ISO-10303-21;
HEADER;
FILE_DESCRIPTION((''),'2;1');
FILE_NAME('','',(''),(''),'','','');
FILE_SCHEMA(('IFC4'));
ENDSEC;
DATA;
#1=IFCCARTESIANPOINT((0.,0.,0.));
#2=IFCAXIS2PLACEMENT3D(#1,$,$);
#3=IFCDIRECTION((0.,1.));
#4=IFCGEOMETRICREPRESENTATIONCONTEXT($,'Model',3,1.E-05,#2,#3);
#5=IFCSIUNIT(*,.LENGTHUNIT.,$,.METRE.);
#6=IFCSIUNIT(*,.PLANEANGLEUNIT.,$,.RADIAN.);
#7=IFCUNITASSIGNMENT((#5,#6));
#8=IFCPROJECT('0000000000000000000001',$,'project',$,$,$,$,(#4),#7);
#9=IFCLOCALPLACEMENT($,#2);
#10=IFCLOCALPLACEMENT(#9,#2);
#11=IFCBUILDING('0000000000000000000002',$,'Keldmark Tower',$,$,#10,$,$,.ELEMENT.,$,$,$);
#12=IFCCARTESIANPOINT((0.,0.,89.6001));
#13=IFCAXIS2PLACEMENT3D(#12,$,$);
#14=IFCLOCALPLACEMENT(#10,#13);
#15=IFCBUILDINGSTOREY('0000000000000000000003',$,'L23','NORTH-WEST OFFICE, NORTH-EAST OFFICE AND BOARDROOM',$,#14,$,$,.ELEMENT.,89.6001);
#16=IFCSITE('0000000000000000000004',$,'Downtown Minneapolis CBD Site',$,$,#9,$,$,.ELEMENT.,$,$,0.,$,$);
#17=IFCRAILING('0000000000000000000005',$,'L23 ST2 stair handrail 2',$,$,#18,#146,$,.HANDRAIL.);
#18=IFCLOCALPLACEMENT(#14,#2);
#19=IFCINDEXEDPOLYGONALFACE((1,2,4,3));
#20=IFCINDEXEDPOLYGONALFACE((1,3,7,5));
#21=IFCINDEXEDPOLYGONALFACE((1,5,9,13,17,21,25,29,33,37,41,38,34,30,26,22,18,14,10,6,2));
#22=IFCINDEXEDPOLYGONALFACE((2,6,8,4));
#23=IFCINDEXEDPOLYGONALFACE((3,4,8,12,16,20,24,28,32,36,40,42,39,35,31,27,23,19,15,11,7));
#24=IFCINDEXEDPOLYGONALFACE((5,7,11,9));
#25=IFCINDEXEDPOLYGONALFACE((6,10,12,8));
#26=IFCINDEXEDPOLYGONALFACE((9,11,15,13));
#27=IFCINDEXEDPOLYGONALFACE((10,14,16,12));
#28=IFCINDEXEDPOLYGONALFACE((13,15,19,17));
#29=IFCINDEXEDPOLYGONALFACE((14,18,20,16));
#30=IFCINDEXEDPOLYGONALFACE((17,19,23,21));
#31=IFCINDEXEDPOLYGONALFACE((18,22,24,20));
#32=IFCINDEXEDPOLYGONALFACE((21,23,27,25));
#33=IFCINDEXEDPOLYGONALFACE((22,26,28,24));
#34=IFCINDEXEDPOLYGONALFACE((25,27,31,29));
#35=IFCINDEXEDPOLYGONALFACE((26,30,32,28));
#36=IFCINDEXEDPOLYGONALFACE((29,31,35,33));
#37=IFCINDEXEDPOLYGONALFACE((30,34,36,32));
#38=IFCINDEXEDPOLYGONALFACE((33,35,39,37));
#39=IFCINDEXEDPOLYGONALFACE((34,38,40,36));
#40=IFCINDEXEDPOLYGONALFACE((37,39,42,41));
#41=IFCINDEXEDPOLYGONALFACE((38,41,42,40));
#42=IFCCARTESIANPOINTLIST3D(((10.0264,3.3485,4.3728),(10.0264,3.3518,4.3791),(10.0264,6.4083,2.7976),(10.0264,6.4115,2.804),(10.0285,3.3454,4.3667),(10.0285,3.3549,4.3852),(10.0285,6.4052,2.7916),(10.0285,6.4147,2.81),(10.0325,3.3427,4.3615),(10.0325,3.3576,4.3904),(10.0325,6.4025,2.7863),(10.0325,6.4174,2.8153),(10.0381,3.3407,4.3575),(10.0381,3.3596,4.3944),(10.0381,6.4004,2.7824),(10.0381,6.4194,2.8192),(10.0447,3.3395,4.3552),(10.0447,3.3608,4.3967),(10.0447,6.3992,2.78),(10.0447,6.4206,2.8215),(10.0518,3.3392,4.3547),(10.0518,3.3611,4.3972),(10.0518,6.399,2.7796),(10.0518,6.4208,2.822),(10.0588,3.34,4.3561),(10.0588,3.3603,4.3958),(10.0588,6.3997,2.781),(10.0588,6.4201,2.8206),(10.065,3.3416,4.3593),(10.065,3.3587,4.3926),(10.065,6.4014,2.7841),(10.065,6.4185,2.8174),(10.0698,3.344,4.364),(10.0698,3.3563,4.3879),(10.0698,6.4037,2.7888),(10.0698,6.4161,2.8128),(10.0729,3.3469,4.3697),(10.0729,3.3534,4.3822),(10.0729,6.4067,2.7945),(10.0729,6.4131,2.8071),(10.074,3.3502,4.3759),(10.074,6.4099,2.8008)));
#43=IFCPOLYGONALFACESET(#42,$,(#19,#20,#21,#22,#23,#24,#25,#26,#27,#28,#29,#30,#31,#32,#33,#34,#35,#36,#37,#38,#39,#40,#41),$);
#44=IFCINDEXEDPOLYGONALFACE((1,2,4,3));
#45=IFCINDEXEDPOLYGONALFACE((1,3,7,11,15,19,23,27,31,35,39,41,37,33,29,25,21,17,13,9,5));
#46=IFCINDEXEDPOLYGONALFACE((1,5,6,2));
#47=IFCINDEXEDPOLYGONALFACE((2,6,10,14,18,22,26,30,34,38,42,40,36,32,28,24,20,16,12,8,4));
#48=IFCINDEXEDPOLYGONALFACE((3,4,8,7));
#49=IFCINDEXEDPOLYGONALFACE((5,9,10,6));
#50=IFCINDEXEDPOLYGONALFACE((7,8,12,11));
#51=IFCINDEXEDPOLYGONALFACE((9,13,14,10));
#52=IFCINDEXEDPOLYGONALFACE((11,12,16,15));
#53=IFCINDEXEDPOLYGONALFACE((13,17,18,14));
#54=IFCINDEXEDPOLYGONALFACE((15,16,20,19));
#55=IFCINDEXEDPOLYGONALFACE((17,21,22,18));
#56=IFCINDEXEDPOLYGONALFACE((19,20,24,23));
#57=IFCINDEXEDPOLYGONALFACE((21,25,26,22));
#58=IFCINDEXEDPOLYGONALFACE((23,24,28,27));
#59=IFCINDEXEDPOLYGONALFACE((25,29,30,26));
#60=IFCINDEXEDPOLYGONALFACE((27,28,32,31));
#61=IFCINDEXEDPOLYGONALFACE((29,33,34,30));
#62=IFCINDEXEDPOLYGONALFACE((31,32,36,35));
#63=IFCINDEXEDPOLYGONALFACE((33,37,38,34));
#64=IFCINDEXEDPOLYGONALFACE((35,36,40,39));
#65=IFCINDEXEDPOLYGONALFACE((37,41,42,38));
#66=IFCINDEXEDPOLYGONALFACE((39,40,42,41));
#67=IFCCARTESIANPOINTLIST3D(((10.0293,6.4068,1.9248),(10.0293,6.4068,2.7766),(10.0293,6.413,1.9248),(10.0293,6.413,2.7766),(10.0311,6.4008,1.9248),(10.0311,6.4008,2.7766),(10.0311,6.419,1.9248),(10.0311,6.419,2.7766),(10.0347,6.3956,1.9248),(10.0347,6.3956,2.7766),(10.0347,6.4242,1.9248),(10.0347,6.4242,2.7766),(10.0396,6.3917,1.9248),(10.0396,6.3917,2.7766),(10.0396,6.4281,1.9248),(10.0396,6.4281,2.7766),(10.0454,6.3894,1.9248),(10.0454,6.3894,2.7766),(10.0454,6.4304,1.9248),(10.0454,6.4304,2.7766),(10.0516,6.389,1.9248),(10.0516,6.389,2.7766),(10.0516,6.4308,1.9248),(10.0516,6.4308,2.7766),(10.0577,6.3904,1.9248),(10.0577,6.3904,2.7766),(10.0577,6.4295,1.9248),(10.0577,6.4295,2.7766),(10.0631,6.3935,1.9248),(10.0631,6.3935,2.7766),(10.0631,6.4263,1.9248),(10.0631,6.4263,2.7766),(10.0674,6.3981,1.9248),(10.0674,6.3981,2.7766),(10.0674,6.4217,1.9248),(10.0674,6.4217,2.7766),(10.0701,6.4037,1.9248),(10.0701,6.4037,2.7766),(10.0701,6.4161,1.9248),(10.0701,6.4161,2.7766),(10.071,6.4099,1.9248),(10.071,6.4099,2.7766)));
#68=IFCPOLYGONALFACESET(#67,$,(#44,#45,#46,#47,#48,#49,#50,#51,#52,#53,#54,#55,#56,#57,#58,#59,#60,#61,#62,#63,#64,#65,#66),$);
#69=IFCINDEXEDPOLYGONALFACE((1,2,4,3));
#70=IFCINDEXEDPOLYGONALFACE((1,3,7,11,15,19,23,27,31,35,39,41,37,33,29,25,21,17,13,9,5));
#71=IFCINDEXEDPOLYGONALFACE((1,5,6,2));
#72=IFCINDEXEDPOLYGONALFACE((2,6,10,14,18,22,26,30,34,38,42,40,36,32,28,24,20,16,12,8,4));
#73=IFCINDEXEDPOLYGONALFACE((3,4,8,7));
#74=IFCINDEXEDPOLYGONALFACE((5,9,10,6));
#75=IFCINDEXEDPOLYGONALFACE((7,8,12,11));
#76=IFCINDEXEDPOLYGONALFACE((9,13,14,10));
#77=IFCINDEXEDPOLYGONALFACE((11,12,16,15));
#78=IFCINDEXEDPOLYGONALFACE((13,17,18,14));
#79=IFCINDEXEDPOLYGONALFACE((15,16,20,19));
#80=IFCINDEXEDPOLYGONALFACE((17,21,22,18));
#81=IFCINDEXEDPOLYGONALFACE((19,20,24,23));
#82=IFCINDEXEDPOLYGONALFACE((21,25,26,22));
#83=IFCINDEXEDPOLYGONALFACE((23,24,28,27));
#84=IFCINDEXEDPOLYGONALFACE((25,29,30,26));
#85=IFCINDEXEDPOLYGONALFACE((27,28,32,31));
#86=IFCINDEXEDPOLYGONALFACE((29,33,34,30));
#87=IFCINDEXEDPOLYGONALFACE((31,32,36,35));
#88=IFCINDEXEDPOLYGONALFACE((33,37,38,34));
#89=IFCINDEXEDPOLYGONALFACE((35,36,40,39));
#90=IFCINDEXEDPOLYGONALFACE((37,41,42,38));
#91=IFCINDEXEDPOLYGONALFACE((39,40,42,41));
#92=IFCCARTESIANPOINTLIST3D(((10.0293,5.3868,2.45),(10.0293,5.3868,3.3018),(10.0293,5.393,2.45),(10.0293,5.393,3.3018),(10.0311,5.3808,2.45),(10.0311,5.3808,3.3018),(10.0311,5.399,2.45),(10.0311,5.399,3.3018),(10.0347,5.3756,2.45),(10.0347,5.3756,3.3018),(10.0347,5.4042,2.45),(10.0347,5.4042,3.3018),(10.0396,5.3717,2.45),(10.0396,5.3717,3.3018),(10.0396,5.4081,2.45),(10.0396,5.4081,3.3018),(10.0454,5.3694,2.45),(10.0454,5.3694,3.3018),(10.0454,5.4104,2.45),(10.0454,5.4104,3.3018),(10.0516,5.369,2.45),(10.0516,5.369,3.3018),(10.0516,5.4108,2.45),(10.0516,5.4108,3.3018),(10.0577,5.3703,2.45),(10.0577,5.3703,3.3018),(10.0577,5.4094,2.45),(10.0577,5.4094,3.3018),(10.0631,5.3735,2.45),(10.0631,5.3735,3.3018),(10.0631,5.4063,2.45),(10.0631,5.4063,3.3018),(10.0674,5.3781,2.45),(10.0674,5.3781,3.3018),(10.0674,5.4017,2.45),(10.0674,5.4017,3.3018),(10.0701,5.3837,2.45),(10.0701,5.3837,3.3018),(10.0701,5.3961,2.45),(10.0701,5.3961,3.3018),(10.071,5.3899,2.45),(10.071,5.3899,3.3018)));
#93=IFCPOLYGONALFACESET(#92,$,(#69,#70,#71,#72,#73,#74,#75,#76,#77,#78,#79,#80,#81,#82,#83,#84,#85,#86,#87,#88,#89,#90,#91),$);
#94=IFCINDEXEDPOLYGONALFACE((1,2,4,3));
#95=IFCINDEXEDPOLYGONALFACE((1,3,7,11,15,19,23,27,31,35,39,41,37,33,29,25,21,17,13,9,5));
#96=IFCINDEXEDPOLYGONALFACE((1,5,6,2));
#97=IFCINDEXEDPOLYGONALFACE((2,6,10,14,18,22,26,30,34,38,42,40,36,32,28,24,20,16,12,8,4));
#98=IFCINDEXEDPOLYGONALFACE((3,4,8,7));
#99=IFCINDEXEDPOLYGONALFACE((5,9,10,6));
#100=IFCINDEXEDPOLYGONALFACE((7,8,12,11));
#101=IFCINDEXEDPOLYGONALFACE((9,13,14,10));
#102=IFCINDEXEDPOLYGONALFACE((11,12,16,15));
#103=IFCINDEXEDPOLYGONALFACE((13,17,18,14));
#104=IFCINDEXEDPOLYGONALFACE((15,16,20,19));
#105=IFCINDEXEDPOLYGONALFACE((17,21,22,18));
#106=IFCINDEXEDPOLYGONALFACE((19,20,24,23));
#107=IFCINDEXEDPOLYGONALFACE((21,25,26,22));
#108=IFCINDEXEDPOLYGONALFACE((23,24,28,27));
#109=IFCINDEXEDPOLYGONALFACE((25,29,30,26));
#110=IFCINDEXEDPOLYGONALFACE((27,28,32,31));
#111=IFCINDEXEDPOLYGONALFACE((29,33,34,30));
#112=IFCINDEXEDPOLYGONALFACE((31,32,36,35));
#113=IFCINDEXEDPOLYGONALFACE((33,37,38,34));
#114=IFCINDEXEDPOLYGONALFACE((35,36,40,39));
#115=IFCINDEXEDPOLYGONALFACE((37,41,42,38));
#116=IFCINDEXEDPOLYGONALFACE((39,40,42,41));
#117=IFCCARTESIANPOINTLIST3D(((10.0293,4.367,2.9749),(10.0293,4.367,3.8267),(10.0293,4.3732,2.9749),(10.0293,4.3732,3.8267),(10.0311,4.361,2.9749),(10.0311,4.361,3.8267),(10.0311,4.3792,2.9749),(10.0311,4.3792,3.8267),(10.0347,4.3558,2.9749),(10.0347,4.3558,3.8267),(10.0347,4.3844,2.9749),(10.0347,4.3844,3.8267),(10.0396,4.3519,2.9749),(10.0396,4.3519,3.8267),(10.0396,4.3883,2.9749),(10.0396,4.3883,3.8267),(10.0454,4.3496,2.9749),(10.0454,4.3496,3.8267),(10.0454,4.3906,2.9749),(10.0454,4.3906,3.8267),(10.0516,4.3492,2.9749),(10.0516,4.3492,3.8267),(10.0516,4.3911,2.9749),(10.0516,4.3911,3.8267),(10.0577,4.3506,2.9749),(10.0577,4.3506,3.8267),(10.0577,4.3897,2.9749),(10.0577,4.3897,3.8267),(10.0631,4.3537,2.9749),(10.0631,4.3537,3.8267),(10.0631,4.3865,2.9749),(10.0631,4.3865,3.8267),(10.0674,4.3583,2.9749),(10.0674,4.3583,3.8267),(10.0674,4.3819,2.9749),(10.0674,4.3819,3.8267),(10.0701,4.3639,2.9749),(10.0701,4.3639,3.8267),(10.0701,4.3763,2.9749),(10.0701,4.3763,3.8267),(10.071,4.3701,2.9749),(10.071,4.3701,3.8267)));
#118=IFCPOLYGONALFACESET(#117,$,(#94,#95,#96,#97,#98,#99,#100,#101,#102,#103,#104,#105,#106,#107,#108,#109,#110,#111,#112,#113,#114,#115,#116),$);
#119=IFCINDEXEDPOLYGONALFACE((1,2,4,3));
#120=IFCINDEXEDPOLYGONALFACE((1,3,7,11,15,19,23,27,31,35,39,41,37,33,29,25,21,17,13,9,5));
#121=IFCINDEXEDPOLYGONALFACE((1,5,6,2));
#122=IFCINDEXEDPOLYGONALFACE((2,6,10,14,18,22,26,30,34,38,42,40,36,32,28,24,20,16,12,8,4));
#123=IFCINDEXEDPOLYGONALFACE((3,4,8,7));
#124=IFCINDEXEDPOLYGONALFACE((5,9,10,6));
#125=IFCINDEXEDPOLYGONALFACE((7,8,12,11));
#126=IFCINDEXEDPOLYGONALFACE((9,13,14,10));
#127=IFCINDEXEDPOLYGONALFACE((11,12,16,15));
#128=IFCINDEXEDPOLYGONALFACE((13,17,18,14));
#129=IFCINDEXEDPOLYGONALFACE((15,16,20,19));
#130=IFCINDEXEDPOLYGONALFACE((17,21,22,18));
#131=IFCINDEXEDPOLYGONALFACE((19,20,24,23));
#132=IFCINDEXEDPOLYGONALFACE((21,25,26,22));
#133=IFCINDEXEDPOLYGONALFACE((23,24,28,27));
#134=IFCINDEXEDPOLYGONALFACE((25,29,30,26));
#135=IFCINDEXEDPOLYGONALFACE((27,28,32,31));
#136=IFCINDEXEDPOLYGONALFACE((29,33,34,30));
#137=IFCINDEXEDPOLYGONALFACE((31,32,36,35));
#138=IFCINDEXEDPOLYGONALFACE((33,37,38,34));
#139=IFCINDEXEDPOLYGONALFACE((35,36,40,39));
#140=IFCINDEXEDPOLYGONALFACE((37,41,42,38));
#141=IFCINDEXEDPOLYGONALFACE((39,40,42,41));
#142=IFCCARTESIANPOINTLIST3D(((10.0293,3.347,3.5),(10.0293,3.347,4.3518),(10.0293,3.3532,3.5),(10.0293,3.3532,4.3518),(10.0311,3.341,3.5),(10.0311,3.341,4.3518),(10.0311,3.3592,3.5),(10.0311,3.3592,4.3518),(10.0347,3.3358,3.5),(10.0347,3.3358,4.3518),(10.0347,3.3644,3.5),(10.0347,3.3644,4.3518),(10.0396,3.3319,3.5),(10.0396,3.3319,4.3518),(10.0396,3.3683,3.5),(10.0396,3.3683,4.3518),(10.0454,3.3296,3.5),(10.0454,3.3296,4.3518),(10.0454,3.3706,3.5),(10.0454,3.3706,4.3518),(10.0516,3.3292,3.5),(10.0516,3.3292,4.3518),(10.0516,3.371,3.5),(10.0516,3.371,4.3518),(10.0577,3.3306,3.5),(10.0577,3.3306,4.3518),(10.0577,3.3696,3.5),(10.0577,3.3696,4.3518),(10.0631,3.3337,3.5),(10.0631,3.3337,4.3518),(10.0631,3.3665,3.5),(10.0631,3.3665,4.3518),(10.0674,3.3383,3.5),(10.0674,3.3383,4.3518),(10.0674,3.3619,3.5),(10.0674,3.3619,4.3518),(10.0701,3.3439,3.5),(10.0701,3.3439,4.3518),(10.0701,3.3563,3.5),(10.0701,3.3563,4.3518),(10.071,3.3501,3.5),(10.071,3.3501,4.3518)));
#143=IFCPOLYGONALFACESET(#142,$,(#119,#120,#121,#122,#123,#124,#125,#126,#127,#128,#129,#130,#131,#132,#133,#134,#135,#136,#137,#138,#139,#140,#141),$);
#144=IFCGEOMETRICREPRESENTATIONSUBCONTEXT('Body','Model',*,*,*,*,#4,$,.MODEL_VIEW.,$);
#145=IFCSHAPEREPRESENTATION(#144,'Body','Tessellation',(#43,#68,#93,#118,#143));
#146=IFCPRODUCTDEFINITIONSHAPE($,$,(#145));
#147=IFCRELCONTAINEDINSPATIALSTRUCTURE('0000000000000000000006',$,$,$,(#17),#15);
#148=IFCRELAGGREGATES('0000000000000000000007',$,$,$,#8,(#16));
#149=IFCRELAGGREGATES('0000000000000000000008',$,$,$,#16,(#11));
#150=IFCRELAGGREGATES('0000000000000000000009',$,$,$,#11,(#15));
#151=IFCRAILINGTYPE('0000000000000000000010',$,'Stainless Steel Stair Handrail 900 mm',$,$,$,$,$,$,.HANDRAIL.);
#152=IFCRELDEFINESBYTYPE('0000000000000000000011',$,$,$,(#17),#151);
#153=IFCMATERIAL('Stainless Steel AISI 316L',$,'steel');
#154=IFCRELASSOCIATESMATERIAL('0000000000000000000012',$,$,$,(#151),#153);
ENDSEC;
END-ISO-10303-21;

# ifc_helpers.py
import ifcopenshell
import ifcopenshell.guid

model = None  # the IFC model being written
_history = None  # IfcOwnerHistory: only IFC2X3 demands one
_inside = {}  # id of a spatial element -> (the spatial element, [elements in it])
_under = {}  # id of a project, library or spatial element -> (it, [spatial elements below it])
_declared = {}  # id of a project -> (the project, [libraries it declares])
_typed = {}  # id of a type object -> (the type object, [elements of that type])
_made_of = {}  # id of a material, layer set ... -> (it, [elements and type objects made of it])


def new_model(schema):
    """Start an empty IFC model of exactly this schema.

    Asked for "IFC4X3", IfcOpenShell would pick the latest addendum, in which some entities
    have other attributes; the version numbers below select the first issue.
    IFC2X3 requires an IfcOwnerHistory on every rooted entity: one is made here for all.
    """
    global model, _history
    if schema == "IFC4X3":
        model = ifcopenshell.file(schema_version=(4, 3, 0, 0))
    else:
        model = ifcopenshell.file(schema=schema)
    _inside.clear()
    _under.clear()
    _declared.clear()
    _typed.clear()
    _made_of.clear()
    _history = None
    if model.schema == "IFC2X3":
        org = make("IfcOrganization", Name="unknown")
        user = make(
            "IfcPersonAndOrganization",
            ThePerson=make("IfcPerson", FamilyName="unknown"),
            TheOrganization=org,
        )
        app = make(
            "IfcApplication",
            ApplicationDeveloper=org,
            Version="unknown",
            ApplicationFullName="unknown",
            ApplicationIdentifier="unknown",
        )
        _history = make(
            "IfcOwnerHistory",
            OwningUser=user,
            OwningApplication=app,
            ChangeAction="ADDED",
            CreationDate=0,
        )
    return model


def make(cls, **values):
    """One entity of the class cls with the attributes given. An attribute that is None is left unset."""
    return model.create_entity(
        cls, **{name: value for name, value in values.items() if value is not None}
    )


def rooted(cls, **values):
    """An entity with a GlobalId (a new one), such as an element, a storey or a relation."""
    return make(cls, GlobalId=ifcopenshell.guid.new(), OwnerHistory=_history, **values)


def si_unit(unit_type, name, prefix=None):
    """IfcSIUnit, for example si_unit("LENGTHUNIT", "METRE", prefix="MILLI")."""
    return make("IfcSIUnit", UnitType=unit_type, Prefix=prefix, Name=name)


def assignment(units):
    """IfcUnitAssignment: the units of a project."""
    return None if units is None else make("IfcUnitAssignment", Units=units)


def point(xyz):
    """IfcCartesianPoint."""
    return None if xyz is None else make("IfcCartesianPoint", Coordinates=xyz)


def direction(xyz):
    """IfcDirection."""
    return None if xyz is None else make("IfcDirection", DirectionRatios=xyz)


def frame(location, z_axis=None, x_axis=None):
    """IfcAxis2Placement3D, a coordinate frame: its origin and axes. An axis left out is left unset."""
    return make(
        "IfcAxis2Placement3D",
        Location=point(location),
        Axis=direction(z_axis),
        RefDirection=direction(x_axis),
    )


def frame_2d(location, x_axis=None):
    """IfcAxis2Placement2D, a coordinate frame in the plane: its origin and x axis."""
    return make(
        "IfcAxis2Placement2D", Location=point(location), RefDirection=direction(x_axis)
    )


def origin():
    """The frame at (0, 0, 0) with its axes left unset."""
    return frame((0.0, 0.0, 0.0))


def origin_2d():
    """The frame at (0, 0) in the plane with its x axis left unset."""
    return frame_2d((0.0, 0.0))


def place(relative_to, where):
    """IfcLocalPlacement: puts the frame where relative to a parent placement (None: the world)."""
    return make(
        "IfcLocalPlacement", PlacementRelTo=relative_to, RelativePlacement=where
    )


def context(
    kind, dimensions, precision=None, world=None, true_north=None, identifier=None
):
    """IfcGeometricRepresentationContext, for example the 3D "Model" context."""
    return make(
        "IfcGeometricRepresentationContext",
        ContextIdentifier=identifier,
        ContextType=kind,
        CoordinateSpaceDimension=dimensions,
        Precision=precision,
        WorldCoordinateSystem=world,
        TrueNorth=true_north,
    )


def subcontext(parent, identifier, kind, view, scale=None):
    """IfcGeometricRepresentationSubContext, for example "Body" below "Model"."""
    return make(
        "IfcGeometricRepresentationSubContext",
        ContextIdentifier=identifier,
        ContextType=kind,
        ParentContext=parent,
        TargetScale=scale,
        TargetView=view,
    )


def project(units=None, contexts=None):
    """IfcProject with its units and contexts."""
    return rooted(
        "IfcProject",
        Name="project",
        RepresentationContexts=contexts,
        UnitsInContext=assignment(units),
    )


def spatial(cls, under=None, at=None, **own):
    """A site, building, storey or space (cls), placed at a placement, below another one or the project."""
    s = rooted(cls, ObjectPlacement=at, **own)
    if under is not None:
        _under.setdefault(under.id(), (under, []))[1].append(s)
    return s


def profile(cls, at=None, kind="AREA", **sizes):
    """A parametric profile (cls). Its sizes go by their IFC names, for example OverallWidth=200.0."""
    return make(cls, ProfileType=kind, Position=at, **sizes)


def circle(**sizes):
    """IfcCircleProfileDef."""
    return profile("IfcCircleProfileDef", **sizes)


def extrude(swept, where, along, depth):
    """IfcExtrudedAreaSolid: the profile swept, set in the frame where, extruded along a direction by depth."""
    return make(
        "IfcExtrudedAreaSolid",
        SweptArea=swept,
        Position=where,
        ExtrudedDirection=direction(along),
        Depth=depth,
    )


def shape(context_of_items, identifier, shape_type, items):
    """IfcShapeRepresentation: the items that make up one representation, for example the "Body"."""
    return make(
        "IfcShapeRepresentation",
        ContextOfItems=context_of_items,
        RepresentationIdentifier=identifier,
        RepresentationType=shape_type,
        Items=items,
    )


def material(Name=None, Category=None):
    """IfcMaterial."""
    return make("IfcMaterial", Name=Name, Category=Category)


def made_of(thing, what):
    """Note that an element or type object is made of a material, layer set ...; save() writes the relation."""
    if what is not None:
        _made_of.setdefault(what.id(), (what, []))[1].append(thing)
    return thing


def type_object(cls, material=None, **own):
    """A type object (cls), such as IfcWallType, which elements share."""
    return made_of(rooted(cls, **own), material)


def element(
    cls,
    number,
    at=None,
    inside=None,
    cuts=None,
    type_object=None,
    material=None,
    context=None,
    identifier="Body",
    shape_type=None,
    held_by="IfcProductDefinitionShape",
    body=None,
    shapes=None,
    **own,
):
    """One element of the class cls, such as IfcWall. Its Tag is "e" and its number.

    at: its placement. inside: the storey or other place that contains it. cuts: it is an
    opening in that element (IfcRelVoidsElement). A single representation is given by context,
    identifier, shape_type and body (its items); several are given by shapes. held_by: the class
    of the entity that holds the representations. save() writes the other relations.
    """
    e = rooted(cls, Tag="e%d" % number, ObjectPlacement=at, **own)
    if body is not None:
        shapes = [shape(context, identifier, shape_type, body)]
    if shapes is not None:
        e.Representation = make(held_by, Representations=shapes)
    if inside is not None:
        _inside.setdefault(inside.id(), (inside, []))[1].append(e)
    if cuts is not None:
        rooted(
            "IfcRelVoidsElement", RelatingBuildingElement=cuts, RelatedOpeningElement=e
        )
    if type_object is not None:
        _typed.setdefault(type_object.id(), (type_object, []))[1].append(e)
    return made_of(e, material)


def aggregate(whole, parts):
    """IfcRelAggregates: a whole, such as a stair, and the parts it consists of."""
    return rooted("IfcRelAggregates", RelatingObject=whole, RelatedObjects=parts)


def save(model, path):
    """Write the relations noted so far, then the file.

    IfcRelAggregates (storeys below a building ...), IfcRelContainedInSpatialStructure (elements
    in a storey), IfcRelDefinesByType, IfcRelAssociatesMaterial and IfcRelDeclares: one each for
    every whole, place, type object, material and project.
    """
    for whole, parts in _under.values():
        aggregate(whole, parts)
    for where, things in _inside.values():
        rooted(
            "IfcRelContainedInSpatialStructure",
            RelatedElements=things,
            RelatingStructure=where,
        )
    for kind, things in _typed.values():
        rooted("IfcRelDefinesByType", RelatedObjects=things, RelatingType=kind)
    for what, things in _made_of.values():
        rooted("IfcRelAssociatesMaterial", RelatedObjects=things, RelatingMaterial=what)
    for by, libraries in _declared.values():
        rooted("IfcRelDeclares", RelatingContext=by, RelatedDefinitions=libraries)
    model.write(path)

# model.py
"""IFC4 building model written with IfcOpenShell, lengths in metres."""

from ifc_helpers import new_model, si_unit, direction, frame, origin, origin_2d, place, context, subcontext, project, spatial, circle, extrude, material, type_object, element, save


model = new_model("IFC4")

# Units and contexts
model_context = context("Model", 3, precision=1e-05, world=origin(), true_north=direction((0.0, 1.0)))
body_context = subcontext(model_context, "Body", "Model", "MODEL_VIEW")
ifc_project = project(units=[si_unit("LENGTHUNIT", "METRE"), si_unit("PLANEANGLEUNIT", "RADIAN")], contexts=[model_context])

# Site, building, storey
site_placement = place(None, origin())
site = spatial("IfcSite", under=ifc_project, at=site_placement, Name="Downtown Minneapolis CBD Site", CompositionType="ELEMENT", RefElevation=0.0)
building_placement = place(site_placement, origin())
building = spatial("IfcBuilding", under=site, at=building_placement, Name="Keldmark Tower", CompositionType="ELEMENT")
storey_placement = place(building_placement, frame((0.0, 0.0, 89.6001)))
storey = spatial("IfcBuildingStorey", under=building, at=storey_placement, Name="L23", Description="NORTH-WEST OFFICE, NORTH-EAST OFFICE AND BOARDROOM", CompositionType="ELEMENT", Elevation=89.6001)

# Railing
ifc_material_1 = material(Name="Stainless Steel AISI 316L", Category="steel")
railing_type_1 = type_object("IfcRailingType", Name="Stainless Steel Stair Handrail 900 mm", PredefinedType="HANDRAIL", material=ifc_material_1)
railing_1_placement = place(storey_placement, frame((10.05, 6.4099, 1.9248)))
element("IfcRailing", 1, at=railing_1_placement, inside=storey, type_object=railing_type_1, Name="L23 ST2 stair handrail 2", PredefinedType="HANDRAIL", context=body_context, shape_type="SweptSolid", body=[
    extrude(circle(Radius=0.0239, at=origin_2d()), frame((0.0, 0.0, 0.876), z_axis=(0.0, -0.889101, 0.45771), x_axis=(1.0, 0.0, 0.0)), (0.0, 0.0, 1.0), 3.4414),
    extrude(circle(Radius=0.021, at=origin_2d()), origin(), (0.0, 0.0, 1.0), 0.8518),
    extrude(circle(Radius=0.021, at=origin_2d()), frame((0.0, -1.02, 0.5251)), (0.0, 0.0, 1.0), 0.8518),
    extrude(circle(Radius=0.021, at=origin_2d()), frame((0.0, -2.0398, 1.05)), (0.0, 0.0, 1.0), 0.8518),
    extrude(circle(Radius=0.021, at=origin_2d()), frame((0.0, -3.0598, 1.5752)), (0.0, 0.0, 1.0), 0.8518),
])

save(model, "model.ifc")
